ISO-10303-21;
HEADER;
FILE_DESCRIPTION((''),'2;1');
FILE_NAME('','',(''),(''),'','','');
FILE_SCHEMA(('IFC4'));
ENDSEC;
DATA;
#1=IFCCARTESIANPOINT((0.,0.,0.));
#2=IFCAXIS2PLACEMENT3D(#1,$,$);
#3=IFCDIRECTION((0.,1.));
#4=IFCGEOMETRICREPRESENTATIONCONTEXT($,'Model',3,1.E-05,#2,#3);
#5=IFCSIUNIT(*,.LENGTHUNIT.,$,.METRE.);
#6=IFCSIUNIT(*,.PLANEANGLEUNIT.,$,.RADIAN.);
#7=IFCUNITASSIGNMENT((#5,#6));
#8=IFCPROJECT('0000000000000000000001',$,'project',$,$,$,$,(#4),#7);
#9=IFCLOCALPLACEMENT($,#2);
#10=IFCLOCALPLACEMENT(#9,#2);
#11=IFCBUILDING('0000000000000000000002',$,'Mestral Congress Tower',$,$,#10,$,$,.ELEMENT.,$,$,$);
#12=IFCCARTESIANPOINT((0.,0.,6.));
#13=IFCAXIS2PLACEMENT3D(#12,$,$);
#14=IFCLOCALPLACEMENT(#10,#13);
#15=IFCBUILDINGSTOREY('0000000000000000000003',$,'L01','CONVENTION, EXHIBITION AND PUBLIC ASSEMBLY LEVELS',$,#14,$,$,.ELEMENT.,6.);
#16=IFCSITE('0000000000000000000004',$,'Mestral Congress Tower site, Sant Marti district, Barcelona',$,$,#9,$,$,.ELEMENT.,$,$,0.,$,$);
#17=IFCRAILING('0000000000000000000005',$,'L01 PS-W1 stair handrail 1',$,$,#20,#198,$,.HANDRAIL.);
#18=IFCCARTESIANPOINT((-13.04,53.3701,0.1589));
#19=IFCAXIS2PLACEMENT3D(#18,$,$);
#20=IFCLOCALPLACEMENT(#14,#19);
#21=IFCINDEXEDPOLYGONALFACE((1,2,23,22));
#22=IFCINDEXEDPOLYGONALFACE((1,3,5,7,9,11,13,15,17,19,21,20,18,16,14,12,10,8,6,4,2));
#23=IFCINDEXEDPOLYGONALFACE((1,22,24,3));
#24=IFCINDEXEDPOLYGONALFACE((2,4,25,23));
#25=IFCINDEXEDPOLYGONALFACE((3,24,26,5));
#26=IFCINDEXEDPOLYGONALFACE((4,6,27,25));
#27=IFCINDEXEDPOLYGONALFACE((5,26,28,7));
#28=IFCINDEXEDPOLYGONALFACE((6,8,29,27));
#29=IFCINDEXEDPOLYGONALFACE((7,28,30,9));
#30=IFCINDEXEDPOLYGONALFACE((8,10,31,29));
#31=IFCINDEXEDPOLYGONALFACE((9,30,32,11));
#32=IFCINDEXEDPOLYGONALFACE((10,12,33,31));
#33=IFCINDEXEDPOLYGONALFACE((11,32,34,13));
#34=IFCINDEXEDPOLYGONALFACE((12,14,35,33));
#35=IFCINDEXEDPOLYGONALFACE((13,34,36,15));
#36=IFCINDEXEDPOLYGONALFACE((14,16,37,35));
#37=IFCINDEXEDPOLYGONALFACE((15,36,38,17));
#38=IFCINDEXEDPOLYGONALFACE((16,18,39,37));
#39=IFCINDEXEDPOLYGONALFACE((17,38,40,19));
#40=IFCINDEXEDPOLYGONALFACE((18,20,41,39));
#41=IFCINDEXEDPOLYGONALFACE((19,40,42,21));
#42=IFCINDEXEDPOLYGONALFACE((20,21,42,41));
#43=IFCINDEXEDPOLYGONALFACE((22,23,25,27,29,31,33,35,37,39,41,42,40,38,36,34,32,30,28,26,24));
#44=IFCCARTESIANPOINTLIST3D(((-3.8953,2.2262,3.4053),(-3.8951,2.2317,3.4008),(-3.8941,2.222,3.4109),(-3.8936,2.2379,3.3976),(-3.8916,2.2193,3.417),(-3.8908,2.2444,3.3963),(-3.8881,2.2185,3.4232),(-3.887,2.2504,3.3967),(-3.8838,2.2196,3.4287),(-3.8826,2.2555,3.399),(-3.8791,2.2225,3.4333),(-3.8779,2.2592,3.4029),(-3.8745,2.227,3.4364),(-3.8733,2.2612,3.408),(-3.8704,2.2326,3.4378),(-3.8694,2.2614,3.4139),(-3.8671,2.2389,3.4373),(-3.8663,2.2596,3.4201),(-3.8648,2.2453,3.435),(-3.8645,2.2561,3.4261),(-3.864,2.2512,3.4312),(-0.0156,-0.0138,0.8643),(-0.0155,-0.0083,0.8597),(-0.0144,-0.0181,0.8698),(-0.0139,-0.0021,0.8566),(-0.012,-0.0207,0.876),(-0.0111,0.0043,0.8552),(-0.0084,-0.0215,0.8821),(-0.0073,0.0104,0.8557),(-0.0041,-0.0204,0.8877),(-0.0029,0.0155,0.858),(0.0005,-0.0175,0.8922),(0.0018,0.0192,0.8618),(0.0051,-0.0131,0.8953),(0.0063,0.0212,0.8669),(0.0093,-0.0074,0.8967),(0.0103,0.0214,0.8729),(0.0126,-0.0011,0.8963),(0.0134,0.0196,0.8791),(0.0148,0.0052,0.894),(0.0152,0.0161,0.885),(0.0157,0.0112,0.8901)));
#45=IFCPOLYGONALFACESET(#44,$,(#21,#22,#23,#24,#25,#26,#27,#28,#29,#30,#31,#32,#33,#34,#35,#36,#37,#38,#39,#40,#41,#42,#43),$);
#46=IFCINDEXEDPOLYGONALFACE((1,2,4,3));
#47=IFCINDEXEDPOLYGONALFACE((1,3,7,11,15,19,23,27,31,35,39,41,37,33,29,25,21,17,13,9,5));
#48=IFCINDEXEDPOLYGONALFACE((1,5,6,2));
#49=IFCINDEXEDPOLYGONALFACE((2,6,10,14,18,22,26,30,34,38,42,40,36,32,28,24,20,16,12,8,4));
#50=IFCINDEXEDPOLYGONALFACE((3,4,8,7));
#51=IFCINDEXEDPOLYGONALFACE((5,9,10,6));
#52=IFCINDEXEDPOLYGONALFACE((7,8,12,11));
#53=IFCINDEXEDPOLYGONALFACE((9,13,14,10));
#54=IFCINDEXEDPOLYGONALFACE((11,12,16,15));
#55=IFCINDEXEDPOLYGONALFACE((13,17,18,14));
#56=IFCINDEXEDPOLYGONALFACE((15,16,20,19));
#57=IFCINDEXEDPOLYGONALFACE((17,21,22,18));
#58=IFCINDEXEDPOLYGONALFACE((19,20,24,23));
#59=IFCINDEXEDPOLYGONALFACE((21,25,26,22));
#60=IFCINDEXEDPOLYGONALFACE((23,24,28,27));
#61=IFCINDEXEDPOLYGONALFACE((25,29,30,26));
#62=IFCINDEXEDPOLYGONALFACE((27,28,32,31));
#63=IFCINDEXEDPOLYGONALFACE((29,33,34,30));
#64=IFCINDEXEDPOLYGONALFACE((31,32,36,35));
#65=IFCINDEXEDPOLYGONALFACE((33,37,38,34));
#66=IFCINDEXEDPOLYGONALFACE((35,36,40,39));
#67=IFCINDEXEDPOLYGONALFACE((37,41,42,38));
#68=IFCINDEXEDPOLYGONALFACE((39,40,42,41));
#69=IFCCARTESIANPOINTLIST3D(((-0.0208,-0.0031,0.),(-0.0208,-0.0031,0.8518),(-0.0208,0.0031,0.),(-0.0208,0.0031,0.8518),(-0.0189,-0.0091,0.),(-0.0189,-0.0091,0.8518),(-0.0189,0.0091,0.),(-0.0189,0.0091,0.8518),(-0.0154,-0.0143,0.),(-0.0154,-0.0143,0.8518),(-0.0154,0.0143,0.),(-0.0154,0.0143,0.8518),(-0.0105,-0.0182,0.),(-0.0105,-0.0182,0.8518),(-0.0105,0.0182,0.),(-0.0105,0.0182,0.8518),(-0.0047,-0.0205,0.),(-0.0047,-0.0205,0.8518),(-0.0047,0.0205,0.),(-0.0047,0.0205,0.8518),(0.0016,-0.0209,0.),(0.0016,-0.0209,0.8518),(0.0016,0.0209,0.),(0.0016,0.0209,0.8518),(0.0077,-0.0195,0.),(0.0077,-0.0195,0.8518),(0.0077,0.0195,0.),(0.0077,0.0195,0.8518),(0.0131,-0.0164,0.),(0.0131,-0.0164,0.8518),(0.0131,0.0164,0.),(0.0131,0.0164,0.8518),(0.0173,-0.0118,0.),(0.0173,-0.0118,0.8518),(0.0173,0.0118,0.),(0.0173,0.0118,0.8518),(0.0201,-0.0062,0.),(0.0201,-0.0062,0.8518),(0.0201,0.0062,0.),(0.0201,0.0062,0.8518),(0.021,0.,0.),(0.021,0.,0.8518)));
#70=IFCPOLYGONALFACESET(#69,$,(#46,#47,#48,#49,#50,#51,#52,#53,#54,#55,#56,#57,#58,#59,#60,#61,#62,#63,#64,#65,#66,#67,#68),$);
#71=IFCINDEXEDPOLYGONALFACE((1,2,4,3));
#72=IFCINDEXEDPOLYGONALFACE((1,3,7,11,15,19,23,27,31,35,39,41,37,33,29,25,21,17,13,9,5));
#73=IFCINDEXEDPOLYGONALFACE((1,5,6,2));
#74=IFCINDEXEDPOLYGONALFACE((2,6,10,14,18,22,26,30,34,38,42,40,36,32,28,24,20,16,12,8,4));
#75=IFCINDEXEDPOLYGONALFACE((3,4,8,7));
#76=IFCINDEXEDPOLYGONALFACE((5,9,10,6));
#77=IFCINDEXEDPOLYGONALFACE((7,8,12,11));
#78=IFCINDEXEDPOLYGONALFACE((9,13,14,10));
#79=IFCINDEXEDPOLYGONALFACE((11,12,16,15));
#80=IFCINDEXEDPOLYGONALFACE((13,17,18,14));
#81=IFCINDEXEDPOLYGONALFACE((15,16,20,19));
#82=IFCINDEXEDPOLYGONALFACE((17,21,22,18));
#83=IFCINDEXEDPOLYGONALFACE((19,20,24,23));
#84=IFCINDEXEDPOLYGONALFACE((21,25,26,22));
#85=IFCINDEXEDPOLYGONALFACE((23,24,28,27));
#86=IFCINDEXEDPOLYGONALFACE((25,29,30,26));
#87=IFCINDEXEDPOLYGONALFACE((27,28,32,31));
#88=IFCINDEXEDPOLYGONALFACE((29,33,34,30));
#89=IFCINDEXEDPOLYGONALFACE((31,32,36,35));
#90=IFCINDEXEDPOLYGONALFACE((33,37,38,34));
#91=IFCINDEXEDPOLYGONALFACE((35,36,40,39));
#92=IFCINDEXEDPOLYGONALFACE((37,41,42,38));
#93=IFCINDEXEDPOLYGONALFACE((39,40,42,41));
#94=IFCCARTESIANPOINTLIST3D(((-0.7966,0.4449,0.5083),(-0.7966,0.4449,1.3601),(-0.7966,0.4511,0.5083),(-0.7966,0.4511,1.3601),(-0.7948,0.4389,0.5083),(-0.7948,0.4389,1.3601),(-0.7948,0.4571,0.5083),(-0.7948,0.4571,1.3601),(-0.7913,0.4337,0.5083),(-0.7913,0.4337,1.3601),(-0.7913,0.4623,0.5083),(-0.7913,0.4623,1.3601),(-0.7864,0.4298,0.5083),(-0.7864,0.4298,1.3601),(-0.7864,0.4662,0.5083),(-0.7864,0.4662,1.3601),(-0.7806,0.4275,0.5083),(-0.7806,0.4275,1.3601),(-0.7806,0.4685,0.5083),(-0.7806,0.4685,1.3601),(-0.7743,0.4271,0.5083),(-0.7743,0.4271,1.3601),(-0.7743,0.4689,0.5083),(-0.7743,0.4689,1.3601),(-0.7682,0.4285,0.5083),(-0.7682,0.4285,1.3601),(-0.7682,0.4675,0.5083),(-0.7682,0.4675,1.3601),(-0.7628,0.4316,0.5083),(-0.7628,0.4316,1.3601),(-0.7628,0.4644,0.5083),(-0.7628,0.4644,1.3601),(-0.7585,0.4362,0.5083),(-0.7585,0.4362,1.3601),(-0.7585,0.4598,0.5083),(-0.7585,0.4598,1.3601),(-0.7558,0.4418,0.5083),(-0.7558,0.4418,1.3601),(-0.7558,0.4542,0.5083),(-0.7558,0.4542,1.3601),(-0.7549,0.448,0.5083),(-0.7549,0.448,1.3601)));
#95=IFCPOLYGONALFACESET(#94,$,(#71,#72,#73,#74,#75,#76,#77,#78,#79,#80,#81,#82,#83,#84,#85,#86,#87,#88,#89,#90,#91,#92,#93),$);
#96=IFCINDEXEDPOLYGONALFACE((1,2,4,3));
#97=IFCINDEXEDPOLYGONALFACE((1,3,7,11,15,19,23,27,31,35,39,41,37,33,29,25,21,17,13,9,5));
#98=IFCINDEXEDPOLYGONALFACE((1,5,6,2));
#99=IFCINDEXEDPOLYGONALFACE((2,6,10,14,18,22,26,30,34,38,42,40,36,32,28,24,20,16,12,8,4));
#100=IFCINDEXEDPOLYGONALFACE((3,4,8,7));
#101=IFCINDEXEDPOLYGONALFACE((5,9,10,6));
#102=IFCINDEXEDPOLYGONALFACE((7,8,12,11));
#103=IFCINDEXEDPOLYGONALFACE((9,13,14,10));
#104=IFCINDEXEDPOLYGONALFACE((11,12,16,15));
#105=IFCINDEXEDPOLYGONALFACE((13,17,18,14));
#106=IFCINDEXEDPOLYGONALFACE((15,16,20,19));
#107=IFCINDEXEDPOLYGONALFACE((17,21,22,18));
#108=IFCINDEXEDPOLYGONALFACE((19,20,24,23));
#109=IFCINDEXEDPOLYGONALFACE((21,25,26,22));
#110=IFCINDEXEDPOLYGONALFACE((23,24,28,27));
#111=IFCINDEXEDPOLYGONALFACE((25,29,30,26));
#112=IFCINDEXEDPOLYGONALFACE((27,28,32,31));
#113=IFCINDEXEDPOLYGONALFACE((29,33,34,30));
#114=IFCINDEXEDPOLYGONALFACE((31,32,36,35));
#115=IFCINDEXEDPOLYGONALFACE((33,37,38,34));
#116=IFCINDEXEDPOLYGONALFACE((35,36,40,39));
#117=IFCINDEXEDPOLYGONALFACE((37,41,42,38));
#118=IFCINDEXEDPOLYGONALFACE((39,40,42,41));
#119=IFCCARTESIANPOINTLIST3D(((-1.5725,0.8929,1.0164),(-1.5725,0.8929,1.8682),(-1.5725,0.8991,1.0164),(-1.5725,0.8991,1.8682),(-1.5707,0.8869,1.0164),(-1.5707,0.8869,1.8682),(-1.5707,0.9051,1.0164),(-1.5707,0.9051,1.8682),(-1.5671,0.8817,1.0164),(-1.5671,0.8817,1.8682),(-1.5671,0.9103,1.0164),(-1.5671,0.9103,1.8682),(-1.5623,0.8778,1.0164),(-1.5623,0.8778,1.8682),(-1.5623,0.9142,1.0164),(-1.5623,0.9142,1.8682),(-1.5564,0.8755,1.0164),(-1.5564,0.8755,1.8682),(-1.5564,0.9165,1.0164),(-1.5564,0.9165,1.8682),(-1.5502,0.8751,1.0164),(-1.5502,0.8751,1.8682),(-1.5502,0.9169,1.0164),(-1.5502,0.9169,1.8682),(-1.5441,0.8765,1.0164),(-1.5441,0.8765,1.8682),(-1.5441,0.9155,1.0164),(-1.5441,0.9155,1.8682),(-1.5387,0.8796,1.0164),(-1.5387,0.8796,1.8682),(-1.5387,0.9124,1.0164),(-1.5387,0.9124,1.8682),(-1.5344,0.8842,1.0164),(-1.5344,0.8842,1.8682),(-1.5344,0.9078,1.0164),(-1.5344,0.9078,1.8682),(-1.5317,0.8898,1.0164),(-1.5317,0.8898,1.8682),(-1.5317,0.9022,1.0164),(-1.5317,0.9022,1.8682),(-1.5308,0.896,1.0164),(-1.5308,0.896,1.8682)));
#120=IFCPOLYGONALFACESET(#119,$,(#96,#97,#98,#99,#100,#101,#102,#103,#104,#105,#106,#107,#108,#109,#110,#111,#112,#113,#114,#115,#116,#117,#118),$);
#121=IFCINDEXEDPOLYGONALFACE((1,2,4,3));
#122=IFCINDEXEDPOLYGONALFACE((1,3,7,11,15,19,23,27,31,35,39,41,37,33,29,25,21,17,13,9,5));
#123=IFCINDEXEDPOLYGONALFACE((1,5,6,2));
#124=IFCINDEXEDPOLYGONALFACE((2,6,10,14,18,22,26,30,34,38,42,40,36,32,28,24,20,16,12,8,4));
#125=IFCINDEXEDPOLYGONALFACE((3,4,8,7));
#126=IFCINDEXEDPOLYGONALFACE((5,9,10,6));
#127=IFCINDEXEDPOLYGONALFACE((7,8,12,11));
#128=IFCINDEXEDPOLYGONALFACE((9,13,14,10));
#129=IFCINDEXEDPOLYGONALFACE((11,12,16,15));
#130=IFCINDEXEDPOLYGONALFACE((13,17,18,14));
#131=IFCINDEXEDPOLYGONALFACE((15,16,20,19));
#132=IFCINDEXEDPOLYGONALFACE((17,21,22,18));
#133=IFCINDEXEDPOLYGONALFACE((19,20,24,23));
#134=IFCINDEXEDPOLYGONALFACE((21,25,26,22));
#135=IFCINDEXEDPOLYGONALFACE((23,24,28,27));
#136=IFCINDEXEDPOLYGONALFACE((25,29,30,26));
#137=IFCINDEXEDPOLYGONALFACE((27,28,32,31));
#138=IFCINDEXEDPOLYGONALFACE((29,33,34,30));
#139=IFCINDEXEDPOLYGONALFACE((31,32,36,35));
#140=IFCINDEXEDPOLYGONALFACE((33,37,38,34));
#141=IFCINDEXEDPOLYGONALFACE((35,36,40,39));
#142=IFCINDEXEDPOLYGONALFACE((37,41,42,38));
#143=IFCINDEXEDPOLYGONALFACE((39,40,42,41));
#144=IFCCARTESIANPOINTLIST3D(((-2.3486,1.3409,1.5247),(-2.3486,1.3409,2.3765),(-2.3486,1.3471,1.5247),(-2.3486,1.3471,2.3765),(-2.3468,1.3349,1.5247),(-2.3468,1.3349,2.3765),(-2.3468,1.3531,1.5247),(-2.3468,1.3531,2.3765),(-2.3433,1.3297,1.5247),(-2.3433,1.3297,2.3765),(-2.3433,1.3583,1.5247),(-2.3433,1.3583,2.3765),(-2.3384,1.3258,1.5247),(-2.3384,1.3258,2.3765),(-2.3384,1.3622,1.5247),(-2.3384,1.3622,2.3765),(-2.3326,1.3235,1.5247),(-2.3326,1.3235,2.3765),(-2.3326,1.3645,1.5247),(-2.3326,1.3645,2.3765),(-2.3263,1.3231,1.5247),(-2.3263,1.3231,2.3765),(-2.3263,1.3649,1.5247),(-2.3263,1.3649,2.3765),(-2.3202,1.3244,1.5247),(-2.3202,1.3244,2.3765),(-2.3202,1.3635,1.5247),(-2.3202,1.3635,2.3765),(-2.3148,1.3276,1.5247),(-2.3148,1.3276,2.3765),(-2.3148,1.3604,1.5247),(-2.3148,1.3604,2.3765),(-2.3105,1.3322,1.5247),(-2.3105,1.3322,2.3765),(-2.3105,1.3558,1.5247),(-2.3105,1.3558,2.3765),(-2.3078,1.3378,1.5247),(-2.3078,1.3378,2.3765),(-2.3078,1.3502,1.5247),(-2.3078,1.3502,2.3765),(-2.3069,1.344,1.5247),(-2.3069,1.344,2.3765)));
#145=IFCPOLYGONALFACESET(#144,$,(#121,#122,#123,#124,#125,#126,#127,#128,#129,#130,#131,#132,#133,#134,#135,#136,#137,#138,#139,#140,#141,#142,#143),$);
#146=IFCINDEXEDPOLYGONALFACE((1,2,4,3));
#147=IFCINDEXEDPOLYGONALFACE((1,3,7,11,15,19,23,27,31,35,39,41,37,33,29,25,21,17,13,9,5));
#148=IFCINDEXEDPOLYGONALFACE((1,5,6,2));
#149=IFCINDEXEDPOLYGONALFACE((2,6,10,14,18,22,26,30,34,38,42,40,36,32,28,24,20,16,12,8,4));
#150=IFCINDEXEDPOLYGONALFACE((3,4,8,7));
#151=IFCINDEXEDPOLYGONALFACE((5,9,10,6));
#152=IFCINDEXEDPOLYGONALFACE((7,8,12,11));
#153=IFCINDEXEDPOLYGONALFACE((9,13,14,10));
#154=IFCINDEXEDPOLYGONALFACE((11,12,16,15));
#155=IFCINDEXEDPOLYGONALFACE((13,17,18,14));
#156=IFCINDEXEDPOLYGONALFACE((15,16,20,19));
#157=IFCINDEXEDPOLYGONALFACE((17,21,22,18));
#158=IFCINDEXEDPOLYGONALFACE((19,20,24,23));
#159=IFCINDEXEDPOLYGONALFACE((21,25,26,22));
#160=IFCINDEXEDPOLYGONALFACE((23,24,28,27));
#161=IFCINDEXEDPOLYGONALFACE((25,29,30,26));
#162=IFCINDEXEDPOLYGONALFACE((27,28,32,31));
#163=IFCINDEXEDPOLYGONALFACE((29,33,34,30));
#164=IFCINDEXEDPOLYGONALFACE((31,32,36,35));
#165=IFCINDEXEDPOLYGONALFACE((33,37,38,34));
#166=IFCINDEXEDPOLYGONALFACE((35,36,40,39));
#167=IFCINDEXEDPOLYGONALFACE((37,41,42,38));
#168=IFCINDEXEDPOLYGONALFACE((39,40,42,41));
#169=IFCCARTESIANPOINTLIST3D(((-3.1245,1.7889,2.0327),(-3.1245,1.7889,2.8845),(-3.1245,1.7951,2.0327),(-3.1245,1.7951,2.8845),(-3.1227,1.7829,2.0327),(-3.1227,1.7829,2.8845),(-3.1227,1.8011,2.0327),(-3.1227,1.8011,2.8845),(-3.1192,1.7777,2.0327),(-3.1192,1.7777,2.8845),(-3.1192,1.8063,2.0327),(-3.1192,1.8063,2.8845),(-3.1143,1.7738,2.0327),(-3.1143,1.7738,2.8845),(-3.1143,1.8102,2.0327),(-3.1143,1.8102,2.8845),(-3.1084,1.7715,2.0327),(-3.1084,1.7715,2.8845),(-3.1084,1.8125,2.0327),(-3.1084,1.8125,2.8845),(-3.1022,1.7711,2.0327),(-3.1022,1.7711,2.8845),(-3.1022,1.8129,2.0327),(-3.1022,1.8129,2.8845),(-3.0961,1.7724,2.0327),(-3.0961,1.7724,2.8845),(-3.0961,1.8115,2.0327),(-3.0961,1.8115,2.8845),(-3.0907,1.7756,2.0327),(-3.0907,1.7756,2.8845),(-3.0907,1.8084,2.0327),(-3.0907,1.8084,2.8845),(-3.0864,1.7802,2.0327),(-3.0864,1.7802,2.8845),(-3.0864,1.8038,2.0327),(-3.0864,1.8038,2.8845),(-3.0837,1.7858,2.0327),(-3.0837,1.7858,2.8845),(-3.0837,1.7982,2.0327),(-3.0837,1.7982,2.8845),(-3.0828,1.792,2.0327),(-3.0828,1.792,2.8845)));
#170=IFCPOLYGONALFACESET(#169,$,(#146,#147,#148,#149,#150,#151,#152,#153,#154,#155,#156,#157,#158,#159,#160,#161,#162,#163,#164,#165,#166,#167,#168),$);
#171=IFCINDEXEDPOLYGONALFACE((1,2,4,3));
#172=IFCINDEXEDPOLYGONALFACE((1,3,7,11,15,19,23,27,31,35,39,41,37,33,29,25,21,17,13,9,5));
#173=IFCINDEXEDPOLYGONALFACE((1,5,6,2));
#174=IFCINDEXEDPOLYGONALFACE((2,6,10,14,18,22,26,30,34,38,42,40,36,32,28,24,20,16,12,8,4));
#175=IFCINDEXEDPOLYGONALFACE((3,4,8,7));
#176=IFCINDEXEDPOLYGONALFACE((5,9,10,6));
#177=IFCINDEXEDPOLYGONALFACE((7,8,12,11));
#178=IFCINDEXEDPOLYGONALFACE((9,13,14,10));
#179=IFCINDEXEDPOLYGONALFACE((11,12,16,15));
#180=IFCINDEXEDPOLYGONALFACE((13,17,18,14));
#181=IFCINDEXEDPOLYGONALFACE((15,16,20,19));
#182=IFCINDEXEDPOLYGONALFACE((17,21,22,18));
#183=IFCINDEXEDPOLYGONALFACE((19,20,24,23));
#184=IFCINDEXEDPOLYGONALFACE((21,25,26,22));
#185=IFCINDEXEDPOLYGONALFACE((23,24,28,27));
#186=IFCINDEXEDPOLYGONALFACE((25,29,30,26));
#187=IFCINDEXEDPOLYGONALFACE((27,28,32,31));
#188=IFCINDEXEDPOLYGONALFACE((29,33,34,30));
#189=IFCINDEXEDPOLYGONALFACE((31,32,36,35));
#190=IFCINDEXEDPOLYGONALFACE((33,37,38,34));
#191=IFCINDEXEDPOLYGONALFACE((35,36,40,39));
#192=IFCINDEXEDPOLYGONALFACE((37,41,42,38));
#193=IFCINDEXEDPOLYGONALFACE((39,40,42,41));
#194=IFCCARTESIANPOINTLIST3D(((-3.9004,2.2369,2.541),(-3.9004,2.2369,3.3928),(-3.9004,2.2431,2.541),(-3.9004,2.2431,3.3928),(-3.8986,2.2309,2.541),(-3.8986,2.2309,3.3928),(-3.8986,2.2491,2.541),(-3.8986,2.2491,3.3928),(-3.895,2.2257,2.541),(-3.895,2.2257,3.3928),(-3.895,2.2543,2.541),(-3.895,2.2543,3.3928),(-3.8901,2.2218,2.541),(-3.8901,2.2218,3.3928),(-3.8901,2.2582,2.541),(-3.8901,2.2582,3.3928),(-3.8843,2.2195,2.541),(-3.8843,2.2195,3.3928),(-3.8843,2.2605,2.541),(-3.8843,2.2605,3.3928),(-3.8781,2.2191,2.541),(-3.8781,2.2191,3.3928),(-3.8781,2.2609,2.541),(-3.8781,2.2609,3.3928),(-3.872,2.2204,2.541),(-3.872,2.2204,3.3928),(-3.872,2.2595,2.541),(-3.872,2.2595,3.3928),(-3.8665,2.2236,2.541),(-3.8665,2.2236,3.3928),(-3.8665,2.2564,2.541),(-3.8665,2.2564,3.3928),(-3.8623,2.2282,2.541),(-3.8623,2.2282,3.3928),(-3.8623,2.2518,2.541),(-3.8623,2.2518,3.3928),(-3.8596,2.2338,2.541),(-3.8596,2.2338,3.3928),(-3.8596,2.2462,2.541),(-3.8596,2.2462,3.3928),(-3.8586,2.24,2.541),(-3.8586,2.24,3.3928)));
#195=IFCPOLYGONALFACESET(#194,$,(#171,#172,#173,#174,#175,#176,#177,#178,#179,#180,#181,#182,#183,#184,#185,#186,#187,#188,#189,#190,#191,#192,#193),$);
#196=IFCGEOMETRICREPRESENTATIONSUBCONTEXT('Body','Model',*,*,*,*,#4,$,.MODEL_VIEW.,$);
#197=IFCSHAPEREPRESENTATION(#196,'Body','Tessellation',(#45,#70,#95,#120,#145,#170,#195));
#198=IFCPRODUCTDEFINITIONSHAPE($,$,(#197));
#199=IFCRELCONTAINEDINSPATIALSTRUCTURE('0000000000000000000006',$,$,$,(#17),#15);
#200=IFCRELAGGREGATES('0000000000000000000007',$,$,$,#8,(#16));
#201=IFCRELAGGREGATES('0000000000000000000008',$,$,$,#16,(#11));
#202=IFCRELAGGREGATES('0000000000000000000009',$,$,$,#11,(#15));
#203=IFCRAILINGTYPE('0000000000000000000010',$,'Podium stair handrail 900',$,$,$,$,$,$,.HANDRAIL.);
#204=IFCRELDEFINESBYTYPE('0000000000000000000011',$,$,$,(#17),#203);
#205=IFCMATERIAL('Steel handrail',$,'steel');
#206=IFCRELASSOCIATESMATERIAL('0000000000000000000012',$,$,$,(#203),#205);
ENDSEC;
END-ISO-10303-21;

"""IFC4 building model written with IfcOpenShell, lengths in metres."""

from ifc_helpers import new_model, si_unit, direction, frame, origin, origin_2d, place, context, subcontext, project, spatial, circle, extrude, material, type_object, element, save


model = new_model("IFC4")

# Units and contexts
model_context = context("Model", 3, precision=1e-05, world=origin(), true_north=direction((0.0, 1.0)))
body_context = subcontext(model_context, "Body", "Model", "MODEL_VIEW")
ifc_project = project(units=[si_unit("LENGTHUNIT", "METRE"), si_unit("PLANEANGLEUNIT", "RADIAN")], contexts=[model_context])

# Site, building, storey
site_placement = place(None, origin())
site = spatial("IfcSite", under=ifc_project, at=site_placement, Name="Mestral Congress Tower site, Sant Marti district, Barcelona", CompositionType="ELEMENT", RefElevation=0.0)
building_placement = place(site_placement, origin())
building = spatial("IfcBuilding", under=site, at=building_placement, Name="Mestral Congress Tower", CompositionType="ELEMENT")
storey_placement = place(building_placement, frame((0.0, 0.0, 6.0)))
storey = spatial("IfcBuildingStorey", under=building, at=storey_placement, Name="L01", Description="CONVENTION, EXHIBITION AND PUBLIC ASSEMBLY LEVELS", CompositionType="ELEMENT", Elevation=6.0)

# Railing
ifc_material_1 = material(Name="Steel handrail", Category="steel")
railing_type_1 = type_object("IfcRailingType", Name="Podium stair handrail 900", PredefinedType="HANDRAIL", material=ifc_material_1)
railing_1_placement = place(storey_placement, frame((-13.04, 53.3701, 0.1589)))
element("IfcRailing", 1, at=railing_1_placement, inside=storey, type_object=railing_type_1, Name="L01 PS-W1 stair handrail 1", PredefinedType="HANDRAIL", context=body_context, shape_type="SweptSolid", body=[
    extrude(circle(Radius=0.0239, at=origin_2d()), frame((0.0, 0.0, 0.876), z_axis=(-0.753279, 0.434922, 0.493369), x_axis=(-0.500013, -0.866018, 0.0)), (0.0, 0.0, 1.0), 5.1504),
    extrude(circle(Radius=0.021, at=origin_2d()), origin(), (0.0, 0.0, 1.0), 0.8518),
    extrude(circle(Radius=0.021, at=origin_2d()), frame((-0.7759, 0.448, 0.5083)), (0.0, 0.0, 1.0), 0.8518),
    extrude(circle(Radius=0.021, at=origin_2d()), frame((-1.5518, 0.896, 1.0164)), (0.0, 0.0, 1.0), 0.8518),
    extrude(circle(Radius=0.021, at=origin_2d()), frame((-2.3279, 1.344, 1.5247)), (0.0, 0.0, 1.0), 0.8518),
    extrude(circle(Radius=0.021, at=origin_2d()), frame((-3.1038, 1.792, 2.0327)), (0.0, 0.0, 1.0), 0.8518),
    extrude(circle(Radius=0.021, at=origin_2d()), frame((-3.8796, 2.24, 2.541)), (0.0, 0.0, 1.0), 0.8518),
])

save(model, "model.ifc")
